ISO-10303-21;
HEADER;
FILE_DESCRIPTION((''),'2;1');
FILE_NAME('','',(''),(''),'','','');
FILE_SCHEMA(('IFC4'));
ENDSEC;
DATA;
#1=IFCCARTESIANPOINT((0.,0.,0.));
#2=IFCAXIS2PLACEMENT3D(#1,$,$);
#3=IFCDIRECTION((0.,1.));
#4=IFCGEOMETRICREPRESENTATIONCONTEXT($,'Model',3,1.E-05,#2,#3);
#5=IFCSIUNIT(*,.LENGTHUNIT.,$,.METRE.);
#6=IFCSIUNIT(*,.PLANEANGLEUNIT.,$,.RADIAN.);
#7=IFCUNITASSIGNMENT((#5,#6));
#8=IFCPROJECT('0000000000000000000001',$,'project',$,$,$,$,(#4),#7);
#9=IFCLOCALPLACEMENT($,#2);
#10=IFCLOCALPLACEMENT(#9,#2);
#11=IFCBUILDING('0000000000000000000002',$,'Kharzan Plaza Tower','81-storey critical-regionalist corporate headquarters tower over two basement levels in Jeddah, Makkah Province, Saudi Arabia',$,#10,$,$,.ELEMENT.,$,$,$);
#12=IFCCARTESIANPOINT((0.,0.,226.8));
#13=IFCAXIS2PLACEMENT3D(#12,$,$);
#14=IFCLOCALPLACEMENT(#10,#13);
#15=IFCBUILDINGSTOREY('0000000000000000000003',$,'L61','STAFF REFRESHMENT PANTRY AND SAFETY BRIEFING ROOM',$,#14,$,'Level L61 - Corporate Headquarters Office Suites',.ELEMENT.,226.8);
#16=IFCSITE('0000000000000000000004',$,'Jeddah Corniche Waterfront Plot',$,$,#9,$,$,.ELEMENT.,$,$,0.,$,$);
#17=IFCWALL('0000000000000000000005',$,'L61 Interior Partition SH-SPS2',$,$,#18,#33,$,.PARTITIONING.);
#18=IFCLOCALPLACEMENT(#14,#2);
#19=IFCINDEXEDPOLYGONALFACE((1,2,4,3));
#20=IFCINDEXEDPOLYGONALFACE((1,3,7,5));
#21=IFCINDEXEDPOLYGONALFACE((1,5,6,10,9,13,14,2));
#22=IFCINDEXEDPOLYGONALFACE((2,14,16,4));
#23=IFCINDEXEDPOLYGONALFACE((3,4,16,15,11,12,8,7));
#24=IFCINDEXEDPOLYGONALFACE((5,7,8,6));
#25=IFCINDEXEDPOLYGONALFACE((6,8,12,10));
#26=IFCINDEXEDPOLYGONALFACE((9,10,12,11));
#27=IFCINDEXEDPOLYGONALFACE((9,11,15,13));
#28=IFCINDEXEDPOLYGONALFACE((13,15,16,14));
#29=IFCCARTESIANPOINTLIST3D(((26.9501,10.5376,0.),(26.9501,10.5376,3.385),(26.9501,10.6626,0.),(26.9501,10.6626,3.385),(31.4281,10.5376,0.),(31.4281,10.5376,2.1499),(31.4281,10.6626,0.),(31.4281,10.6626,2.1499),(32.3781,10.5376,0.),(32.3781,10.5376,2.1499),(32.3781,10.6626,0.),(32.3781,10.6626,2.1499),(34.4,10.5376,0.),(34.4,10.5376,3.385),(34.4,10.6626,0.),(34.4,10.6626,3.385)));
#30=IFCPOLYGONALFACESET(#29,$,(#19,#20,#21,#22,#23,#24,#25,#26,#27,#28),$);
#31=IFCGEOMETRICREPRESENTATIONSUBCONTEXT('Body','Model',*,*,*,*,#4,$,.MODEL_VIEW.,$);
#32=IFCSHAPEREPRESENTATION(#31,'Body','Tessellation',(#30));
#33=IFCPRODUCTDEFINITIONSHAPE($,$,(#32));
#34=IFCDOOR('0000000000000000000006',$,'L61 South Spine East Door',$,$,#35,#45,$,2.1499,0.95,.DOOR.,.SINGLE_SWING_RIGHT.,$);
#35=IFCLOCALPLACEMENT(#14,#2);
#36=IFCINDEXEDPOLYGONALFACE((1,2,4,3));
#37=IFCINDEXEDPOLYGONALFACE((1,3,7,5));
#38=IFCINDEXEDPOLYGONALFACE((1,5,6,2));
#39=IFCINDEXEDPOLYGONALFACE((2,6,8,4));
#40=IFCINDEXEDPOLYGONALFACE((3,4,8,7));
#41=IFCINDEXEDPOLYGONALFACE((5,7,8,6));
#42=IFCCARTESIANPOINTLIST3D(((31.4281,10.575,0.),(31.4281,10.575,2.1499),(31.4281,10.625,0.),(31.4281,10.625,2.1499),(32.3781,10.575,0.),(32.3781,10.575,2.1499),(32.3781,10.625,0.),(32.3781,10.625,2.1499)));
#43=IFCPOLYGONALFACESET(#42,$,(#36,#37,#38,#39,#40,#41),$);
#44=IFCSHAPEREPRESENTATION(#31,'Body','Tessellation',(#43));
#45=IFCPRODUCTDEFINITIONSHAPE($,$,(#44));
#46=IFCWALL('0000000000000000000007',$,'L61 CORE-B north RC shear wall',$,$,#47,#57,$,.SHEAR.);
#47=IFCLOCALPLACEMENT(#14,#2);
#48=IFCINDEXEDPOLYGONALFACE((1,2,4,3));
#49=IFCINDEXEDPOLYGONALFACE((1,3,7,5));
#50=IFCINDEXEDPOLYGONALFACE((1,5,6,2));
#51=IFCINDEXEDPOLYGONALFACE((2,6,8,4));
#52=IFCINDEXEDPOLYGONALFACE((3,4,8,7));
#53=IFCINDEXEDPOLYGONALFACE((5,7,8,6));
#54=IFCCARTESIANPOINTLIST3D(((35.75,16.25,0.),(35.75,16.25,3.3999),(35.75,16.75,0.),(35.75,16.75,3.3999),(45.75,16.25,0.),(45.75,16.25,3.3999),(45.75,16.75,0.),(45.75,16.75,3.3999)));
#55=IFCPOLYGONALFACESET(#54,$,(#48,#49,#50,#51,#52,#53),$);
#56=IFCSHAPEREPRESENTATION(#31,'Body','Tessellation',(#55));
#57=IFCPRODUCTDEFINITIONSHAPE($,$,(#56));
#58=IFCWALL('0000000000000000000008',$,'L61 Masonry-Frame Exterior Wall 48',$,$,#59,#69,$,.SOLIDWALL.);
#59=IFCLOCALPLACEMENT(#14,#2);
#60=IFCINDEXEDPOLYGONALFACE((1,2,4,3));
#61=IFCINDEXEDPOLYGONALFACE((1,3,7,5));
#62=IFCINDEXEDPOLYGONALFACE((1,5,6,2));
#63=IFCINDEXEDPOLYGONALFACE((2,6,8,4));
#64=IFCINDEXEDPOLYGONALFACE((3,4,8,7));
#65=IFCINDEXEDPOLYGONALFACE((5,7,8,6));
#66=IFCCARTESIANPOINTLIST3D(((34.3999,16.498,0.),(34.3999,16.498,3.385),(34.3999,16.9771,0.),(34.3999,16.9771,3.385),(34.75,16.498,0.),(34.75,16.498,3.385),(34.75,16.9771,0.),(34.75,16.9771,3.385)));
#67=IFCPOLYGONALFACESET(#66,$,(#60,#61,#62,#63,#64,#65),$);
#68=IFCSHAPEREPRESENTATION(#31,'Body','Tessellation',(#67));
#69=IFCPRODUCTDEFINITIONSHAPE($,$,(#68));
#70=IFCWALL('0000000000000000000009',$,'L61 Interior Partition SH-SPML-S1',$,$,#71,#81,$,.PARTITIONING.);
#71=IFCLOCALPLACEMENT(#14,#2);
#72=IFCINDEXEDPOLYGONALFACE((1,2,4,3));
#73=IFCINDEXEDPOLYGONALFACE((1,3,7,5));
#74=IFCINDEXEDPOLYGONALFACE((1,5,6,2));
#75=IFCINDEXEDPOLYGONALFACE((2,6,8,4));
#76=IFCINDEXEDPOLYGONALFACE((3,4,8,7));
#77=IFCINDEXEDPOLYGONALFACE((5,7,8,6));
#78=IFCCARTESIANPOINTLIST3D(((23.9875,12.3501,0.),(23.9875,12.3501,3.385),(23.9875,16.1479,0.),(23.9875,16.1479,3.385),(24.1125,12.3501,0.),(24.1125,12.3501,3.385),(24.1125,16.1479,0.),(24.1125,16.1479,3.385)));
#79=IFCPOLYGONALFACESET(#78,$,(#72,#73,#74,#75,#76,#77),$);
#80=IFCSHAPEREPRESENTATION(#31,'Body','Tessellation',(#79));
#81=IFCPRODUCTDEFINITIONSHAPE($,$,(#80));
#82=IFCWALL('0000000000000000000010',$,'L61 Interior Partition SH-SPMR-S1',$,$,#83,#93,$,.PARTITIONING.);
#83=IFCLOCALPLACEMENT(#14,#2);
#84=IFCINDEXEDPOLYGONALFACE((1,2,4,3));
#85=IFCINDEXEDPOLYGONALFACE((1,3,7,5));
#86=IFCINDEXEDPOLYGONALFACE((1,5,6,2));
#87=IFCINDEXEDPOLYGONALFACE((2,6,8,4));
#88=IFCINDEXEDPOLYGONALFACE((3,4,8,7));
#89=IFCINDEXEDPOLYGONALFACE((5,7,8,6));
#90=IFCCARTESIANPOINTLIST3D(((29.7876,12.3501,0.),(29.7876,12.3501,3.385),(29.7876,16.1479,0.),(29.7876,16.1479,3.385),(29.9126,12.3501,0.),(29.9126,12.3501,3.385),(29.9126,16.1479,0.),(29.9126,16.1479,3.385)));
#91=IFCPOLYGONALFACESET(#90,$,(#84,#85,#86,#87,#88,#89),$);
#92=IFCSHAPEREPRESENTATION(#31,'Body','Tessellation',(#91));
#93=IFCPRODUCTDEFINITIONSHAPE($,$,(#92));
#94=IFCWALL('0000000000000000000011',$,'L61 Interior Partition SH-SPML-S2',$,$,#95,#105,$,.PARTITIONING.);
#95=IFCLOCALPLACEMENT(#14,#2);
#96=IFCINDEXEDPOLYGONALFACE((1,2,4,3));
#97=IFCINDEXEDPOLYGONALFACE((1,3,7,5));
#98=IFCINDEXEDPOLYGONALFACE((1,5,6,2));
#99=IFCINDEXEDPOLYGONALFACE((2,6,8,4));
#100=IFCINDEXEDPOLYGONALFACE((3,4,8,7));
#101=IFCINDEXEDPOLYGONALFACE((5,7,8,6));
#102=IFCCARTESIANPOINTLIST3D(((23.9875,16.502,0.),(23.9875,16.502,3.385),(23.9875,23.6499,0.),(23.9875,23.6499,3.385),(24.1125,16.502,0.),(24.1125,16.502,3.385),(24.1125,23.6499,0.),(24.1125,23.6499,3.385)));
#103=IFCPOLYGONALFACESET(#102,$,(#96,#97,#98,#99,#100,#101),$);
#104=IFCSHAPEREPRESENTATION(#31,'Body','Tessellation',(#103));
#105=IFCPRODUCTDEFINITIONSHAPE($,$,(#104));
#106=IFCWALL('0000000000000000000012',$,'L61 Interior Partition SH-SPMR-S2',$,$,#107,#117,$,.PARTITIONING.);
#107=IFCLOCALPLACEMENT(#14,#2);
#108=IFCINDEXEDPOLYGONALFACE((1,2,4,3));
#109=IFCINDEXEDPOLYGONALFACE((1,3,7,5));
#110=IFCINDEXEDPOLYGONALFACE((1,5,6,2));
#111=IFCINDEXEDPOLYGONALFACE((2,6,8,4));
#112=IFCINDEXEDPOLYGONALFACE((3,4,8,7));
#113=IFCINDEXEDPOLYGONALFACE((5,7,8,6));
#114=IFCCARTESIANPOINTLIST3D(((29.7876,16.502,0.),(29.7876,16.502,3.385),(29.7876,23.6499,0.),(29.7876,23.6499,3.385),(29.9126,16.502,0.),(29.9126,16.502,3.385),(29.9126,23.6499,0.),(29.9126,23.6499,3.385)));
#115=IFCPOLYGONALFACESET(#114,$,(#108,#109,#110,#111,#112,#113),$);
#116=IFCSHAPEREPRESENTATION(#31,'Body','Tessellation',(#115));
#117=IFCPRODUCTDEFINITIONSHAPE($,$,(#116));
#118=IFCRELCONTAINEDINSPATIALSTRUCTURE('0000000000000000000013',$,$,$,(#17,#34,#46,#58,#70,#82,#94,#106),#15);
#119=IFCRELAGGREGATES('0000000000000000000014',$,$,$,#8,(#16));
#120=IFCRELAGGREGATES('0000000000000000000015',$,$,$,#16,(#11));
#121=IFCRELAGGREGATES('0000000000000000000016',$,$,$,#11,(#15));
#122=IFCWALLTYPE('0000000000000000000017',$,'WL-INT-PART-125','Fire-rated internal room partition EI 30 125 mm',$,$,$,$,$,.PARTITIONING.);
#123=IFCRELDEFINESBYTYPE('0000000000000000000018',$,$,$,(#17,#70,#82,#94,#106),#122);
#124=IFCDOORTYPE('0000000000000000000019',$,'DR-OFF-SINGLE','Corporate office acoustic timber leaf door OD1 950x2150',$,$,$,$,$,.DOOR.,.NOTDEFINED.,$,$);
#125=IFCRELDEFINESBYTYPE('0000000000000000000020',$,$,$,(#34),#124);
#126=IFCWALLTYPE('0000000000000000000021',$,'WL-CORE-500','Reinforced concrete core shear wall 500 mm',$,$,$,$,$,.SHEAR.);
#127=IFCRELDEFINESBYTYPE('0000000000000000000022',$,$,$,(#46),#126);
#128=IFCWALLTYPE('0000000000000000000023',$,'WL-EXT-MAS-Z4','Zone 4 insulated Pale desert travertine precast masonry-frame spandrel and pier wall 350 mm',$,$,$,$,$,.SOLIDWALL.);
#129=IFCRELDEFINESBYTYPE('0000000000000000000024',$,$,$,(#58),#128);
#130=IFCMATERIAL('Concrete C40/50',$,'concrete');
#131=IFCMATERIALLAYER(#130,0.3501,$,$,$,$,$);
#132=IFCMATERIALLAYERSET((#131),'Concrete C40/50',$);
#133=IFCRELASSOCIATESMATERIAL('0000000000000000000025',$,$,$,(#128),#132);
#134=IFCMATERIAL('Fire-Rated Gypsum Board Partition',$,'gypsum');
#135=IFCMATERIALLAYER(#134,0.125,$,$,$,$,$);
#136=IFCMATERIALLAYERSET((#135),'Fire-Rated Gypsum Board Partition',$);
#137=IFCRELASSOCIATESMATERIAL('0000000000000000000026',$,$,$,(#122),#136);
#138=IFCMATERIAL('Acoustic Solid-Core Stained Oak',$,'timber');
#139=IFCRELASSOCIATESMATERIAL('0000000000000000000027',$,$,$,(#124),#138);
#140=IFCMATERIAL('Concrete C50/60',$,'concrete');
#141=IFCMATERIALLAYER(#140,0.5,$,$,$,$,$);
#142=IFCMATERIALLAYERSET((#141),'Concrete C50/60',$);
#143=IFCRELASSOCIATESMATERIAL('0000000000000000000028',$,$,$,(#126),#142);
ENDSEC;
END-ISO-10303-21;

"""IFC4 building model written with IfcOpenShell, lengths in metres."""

from ifc_helpers import new_model, si_unit, direction, frame, frame_2d, origin, place, context, subcontext, project, spatial, rectangle, extrude, source, transform, mapped, material, layer, layer_set, type_object, element, fill, save


model = new_model("IFC4")

# Units and contexts
model_context = context("Model", 3, precision=1e-05, world=origin(), true_north=direction((0.0, 1.0)))
body_context = subcontext(model_context, "Body", "Model", "MODEL_VIEW")
ifc_project = project(units=[si_unit("LENGTHUNIT", "METRE"), si_unit("PLANEANGLEUNIT", "RADIAN")], contexts=[model_context])

# Site, building, storey
site_placement = place(None, origin())
site = spatial("IfcSite", under=ifc_project, at=site_placement, Name="Jeddah Corniche Waterfront Plot", CompositionType="ELEMENT", RefElevation=0.0)
building_placement = place(site_placement, origin())
building = spatial("IfcBuilding", under=site, at=building_placement, Name="Kharzan Plaza Tower", Description="81-storey critical-regionalist corporate headquarters tower over two basement levels in Jeddah, Makkah Province, Saudi Arabia", CompositionType="ELEMENT")
storey_placement = place(building_placement, frame((0.0, 0.0, 226.8)))
storey = spatial("IfcBuildingStorey", under=building, at=storey_placement, Name="L61", Description="STAFF REFRESHMENT PANTRY AND SAFETY BRIEFING ROOM", LongName="Level L61 - Corporate Headquarters Office Suites", CompositionType="ELEMENT", Elevation=226.8)

# Shared definitions
ifc_material_1 = material(Name="Concrete C50/60", Category="concrete")

# Shared definitions
ifc_material_2 = material(Name="Concrete C40/50", Category="concrete")
ifc_layer_1 = layer(ifc_material_2, 0.3501)
ifc_layer_set_1 = layer_set([ifc_layer_1], Name="Concrete C40/50")
wall_type_1 = type_object("IfcWallType", Name="WL-EXT-MAS-Z4", Description="Zone 4 insulated Pale desert travertine precast masonry-frame spandrel and pier wall 350 mm", PredefinedType="SOLIDWALL", material=ifc_layer_set_1)

# Wall, opening, door
ifc_material_3 = material(Name="Fire-Rated Gypsum Board Partition", Category="gypsum")
ifc_layer_2 = layer(ifc_material_3, 0.125)
ifc_layer_set_2 = layer_set([ifc_layer_2], Name="Fire-Rated Gypsum Board Partition")
wall_type_2 = type_object("IfcWallType", Name="WL-INT-PART-125", Description="Fire-rated internal room partition EI 30 125 mm", PredefinedType="PARTITIONING", material=ifc_layer_set_2)
ifc_material_4 = material(Name="Acoustic Solid-Core Stained Oak", Category="timber")
door_type = type_object("IfcDoorType", Name="DR-OFF-SINGLE", Description="Corporate office acoustic timber leaf door OD1 950x2150", OperationType="NOTDEFINED", PredefinedType="DOOR", material=ifc_material_4)
shared_shape_1 = source(origin(), body_context, "Body", "SweptSolid", [
    extrude(rectangle(XDim=0.95, YDim=2.1499, at=frame_2d((0.4751, 1.075))), frame((0.0, 0.0249, 0.0), z_axis=(0.0, -1.0, 0.0), x_axis=(1.0, 0.0, 0.0)), (0.0, 0.0, 1.0), 0.05),
])
wall_1_placement = place(storey_placement, frame((26.95, 10.6001, 0.0), z_axis=(0.0, 0.0, 1.0), x_axis=(1.0, 0.0, 0.0)))
wall_1 = element("IfcWall", 1, at=wall_1_placement, inside=storey, type_object=wall_type_2, Name="L61 Interior Partition SH-SPS2", PredefinedType="PARTITIONING", context=body_context, shape_type="SweptSolid", body=[
    extrude(rectangle(XDim=7.45, YDim=0.125, at=frame_2d((3.7251, 0.0))), origin(), (0.0, 0.0, 1.0), 3.385),
])
opening_1_placement = place(wall_1_placement, frame((4.478, 0.0, 0.0)))
opening_1 = element("IfcOpeningElement", 2, at=opening_1_placement, cuts=wall_1, PredefinedType="OPENING", context=body_context, shape_type="SweptSolid", body=[
    extrude(rectangle(XDim=0.95, YDim=2.1499, at=frame_2d((0.4751, 1.075))), frame((0.0, 0.0725, 0.0), z_axis=(0.0, -1.0, 0.0), x_axis=(1.0, 0.0, 0.0)), (0.0, 0.0, 1.0), 0.145),
])
door_1_placement = place(opening_1_placement, origin())
door_1 = element("IfcDoor", 3, at=door_1_placement, inside=storey, type_object=door_type, Name="L61 South Spine East Door", OperationType="SINGLE_SWING_RIGHT", OverallHeight=2.1499, OverallWidth=0.95, PredefinedType="DOOR", context=body_context, shape_type="MappedRepresentation", body=[
    mapped(shared_shape_1, transform((0.0, 0.0, 0.0), x_axis=(1.0, 0.0, 0.0), y_axis=(0.0, 1.0, 0.0), z_axis=(0.0, 0.0, 1.0))),
])
fill(opening_1, door_1)

# Walls
ifc_layer_3 = layer(ifc_material_1, 0.5)
ifc_layer_set_3 = layer_set([ifc_layer_3], Name="Concrete C50/60")
wall_type_3 = type_object("IfcWallType", Name="WL-CORE-500", Description="Reinforced concrete core shear wall 500 mm", PredefinedType="SHEAR", material=ifc_layer_set_3)
shared_shape_2 = source(origin(), body_context, "Body", "SweptSolid", [
    extrude(rectangle(XDim=10.0, YDim=0.5, at=frame_2d((5.0, 0.0))), origin(), (0.0, 0.0, 1.0), 3.3999),
])
wall_2_placement = place(storey_placement, frame((35.75, 16.5, 0.0), z_axis=(0.0, 0.0, 1.0), x_axis=(1.0, 0.0, 0.0)))
element("IfcWall", 4, at=wall_2_placement, inside=storey, type_object=wall_type_3, Name="L61 CORE-B north RC shear wall", PredefinedType="SHEAR", context=body_context, shape_type="MappedRepresentation", body=[
    mapped(shared_shape_2, transform((0.0, 0.0, 0.0), x_axis=(1.0, 0.0, 0.0), y_axis=(0.0, 1.0, 0.0), z_axis=(0.0, 0.0, 1.0))),
])
shared_shape_3 = source(origin(), body_context, "Body", "SweptSolid", [
    extrude(rectangle(XDim=0.479, YDim=0.3501, at=frame_2d((0.2395, 0.0))), origin(), (0.0, 0.0, 1.0), 3.385),
])
wall_3_placement = place(storey_placement, frame((34.575, 16.9771, 0.0), z_axis=(0.0, 0.0, 1.0), x_axis=(0.0, -1.0, 0.0)))
element("IfcWall", 5, at=wall_3_placement, inside=storey, type_object=wall_type_1, Name="L61 Masonry-Frame Exterior Wall 48", PredefinedType="SOLIDWALL", context=body_context, shape_type="MappedRepresentation", body=[
    mapped(shared_shape_3, transform((0.0, 0.0, 0.0), x_axis=(1.0, 0.0, 0.0), y_axis=(0.0, 1.0, 0.0), z_axis=(0.0, 0.0, 1.0))),
])
shared_shape_4 = source(origin(), body_context, "Body", "SweptSolid", [
    extrude(rectangle(XDim=3.7979, YDim=0.125, at=frame_2d((1.8989, 0.0))), origin(), (0.0, 0.0, 1.0), 3.385),
])
for number, where, z_axis, x_axis, name in (
    (6, (24.05, 12.3501, 0.0), (0.0, 0.0, 1.0), (0.0, 1.0, 0.0), "L61 Interior Partition SH-SPML-S1"),
    (7, (29.8501, 12.3501, 0.0), (0.0, 0.0, 1.0), (0.0, 1.0, 0.0), "L61 Interior Partition SH-SPMR-S1"),
):
    element("IfcWall", number, at=place(storey_placement, frame(where, z_axis=z_axis, x_axis=x_axis)), inside=storey, type_object=wall_type_2, Name=name, PredefinedType="PARTITIONING", context=body_context, shape_type="MappedRepresentation", body=[
        mapped(shared_shape_4, transform((0.0, 0.0, 0.0), x_axis=(1.0, 0.0, 0.0), y_axis=(0.0, 1.0, 0.0), z_axis=(0.0, 0.0, 1.0))),
    ])
shared_shape_5 = source(origin(), body_context, "Body", "SweptSolid", [
    extrude(rectangle(XDim=7.1479, YDim=0.125, at=frame_2d((3.574, 0.0))), origin(), (0.0, 0.0, 1.0), 3.385),
])
for number, where, z_axis, x_axis, name in (
    (8, (24.05, 16.502, 0.0), (0.0, 0.0, 1.0), (0.0, 1.0, 0.0), "L61 Interior Partition SH-SPML-S2"),
    (9, (29.8501, 16.502, 0.0), (0.0, 0.0, 1.0), (0.0, 1.0, 0.0), "L61 Interior Partition SH-SPMR-S2"),
):
    element("IfcWall", number, at=place(storey_placement, frame(where, z_axis=z_axis, x_axis=x_axis)), inside=storey, type_object=wall_type_2, Name=name, PredefinedType="PARTITIONING", context=body_context, shape_type="MappedRepresentation", body=[
        mapped(shared_shape_5, transform((0.0, 0.0, 0.0), x_axis=(1.0, 0.0, 0.0), y_axis=(0.0, 1.0, 0.0), z_axis=(0.0, 0.0, 1.0))),
    ])

save(model, "model.ifc")
